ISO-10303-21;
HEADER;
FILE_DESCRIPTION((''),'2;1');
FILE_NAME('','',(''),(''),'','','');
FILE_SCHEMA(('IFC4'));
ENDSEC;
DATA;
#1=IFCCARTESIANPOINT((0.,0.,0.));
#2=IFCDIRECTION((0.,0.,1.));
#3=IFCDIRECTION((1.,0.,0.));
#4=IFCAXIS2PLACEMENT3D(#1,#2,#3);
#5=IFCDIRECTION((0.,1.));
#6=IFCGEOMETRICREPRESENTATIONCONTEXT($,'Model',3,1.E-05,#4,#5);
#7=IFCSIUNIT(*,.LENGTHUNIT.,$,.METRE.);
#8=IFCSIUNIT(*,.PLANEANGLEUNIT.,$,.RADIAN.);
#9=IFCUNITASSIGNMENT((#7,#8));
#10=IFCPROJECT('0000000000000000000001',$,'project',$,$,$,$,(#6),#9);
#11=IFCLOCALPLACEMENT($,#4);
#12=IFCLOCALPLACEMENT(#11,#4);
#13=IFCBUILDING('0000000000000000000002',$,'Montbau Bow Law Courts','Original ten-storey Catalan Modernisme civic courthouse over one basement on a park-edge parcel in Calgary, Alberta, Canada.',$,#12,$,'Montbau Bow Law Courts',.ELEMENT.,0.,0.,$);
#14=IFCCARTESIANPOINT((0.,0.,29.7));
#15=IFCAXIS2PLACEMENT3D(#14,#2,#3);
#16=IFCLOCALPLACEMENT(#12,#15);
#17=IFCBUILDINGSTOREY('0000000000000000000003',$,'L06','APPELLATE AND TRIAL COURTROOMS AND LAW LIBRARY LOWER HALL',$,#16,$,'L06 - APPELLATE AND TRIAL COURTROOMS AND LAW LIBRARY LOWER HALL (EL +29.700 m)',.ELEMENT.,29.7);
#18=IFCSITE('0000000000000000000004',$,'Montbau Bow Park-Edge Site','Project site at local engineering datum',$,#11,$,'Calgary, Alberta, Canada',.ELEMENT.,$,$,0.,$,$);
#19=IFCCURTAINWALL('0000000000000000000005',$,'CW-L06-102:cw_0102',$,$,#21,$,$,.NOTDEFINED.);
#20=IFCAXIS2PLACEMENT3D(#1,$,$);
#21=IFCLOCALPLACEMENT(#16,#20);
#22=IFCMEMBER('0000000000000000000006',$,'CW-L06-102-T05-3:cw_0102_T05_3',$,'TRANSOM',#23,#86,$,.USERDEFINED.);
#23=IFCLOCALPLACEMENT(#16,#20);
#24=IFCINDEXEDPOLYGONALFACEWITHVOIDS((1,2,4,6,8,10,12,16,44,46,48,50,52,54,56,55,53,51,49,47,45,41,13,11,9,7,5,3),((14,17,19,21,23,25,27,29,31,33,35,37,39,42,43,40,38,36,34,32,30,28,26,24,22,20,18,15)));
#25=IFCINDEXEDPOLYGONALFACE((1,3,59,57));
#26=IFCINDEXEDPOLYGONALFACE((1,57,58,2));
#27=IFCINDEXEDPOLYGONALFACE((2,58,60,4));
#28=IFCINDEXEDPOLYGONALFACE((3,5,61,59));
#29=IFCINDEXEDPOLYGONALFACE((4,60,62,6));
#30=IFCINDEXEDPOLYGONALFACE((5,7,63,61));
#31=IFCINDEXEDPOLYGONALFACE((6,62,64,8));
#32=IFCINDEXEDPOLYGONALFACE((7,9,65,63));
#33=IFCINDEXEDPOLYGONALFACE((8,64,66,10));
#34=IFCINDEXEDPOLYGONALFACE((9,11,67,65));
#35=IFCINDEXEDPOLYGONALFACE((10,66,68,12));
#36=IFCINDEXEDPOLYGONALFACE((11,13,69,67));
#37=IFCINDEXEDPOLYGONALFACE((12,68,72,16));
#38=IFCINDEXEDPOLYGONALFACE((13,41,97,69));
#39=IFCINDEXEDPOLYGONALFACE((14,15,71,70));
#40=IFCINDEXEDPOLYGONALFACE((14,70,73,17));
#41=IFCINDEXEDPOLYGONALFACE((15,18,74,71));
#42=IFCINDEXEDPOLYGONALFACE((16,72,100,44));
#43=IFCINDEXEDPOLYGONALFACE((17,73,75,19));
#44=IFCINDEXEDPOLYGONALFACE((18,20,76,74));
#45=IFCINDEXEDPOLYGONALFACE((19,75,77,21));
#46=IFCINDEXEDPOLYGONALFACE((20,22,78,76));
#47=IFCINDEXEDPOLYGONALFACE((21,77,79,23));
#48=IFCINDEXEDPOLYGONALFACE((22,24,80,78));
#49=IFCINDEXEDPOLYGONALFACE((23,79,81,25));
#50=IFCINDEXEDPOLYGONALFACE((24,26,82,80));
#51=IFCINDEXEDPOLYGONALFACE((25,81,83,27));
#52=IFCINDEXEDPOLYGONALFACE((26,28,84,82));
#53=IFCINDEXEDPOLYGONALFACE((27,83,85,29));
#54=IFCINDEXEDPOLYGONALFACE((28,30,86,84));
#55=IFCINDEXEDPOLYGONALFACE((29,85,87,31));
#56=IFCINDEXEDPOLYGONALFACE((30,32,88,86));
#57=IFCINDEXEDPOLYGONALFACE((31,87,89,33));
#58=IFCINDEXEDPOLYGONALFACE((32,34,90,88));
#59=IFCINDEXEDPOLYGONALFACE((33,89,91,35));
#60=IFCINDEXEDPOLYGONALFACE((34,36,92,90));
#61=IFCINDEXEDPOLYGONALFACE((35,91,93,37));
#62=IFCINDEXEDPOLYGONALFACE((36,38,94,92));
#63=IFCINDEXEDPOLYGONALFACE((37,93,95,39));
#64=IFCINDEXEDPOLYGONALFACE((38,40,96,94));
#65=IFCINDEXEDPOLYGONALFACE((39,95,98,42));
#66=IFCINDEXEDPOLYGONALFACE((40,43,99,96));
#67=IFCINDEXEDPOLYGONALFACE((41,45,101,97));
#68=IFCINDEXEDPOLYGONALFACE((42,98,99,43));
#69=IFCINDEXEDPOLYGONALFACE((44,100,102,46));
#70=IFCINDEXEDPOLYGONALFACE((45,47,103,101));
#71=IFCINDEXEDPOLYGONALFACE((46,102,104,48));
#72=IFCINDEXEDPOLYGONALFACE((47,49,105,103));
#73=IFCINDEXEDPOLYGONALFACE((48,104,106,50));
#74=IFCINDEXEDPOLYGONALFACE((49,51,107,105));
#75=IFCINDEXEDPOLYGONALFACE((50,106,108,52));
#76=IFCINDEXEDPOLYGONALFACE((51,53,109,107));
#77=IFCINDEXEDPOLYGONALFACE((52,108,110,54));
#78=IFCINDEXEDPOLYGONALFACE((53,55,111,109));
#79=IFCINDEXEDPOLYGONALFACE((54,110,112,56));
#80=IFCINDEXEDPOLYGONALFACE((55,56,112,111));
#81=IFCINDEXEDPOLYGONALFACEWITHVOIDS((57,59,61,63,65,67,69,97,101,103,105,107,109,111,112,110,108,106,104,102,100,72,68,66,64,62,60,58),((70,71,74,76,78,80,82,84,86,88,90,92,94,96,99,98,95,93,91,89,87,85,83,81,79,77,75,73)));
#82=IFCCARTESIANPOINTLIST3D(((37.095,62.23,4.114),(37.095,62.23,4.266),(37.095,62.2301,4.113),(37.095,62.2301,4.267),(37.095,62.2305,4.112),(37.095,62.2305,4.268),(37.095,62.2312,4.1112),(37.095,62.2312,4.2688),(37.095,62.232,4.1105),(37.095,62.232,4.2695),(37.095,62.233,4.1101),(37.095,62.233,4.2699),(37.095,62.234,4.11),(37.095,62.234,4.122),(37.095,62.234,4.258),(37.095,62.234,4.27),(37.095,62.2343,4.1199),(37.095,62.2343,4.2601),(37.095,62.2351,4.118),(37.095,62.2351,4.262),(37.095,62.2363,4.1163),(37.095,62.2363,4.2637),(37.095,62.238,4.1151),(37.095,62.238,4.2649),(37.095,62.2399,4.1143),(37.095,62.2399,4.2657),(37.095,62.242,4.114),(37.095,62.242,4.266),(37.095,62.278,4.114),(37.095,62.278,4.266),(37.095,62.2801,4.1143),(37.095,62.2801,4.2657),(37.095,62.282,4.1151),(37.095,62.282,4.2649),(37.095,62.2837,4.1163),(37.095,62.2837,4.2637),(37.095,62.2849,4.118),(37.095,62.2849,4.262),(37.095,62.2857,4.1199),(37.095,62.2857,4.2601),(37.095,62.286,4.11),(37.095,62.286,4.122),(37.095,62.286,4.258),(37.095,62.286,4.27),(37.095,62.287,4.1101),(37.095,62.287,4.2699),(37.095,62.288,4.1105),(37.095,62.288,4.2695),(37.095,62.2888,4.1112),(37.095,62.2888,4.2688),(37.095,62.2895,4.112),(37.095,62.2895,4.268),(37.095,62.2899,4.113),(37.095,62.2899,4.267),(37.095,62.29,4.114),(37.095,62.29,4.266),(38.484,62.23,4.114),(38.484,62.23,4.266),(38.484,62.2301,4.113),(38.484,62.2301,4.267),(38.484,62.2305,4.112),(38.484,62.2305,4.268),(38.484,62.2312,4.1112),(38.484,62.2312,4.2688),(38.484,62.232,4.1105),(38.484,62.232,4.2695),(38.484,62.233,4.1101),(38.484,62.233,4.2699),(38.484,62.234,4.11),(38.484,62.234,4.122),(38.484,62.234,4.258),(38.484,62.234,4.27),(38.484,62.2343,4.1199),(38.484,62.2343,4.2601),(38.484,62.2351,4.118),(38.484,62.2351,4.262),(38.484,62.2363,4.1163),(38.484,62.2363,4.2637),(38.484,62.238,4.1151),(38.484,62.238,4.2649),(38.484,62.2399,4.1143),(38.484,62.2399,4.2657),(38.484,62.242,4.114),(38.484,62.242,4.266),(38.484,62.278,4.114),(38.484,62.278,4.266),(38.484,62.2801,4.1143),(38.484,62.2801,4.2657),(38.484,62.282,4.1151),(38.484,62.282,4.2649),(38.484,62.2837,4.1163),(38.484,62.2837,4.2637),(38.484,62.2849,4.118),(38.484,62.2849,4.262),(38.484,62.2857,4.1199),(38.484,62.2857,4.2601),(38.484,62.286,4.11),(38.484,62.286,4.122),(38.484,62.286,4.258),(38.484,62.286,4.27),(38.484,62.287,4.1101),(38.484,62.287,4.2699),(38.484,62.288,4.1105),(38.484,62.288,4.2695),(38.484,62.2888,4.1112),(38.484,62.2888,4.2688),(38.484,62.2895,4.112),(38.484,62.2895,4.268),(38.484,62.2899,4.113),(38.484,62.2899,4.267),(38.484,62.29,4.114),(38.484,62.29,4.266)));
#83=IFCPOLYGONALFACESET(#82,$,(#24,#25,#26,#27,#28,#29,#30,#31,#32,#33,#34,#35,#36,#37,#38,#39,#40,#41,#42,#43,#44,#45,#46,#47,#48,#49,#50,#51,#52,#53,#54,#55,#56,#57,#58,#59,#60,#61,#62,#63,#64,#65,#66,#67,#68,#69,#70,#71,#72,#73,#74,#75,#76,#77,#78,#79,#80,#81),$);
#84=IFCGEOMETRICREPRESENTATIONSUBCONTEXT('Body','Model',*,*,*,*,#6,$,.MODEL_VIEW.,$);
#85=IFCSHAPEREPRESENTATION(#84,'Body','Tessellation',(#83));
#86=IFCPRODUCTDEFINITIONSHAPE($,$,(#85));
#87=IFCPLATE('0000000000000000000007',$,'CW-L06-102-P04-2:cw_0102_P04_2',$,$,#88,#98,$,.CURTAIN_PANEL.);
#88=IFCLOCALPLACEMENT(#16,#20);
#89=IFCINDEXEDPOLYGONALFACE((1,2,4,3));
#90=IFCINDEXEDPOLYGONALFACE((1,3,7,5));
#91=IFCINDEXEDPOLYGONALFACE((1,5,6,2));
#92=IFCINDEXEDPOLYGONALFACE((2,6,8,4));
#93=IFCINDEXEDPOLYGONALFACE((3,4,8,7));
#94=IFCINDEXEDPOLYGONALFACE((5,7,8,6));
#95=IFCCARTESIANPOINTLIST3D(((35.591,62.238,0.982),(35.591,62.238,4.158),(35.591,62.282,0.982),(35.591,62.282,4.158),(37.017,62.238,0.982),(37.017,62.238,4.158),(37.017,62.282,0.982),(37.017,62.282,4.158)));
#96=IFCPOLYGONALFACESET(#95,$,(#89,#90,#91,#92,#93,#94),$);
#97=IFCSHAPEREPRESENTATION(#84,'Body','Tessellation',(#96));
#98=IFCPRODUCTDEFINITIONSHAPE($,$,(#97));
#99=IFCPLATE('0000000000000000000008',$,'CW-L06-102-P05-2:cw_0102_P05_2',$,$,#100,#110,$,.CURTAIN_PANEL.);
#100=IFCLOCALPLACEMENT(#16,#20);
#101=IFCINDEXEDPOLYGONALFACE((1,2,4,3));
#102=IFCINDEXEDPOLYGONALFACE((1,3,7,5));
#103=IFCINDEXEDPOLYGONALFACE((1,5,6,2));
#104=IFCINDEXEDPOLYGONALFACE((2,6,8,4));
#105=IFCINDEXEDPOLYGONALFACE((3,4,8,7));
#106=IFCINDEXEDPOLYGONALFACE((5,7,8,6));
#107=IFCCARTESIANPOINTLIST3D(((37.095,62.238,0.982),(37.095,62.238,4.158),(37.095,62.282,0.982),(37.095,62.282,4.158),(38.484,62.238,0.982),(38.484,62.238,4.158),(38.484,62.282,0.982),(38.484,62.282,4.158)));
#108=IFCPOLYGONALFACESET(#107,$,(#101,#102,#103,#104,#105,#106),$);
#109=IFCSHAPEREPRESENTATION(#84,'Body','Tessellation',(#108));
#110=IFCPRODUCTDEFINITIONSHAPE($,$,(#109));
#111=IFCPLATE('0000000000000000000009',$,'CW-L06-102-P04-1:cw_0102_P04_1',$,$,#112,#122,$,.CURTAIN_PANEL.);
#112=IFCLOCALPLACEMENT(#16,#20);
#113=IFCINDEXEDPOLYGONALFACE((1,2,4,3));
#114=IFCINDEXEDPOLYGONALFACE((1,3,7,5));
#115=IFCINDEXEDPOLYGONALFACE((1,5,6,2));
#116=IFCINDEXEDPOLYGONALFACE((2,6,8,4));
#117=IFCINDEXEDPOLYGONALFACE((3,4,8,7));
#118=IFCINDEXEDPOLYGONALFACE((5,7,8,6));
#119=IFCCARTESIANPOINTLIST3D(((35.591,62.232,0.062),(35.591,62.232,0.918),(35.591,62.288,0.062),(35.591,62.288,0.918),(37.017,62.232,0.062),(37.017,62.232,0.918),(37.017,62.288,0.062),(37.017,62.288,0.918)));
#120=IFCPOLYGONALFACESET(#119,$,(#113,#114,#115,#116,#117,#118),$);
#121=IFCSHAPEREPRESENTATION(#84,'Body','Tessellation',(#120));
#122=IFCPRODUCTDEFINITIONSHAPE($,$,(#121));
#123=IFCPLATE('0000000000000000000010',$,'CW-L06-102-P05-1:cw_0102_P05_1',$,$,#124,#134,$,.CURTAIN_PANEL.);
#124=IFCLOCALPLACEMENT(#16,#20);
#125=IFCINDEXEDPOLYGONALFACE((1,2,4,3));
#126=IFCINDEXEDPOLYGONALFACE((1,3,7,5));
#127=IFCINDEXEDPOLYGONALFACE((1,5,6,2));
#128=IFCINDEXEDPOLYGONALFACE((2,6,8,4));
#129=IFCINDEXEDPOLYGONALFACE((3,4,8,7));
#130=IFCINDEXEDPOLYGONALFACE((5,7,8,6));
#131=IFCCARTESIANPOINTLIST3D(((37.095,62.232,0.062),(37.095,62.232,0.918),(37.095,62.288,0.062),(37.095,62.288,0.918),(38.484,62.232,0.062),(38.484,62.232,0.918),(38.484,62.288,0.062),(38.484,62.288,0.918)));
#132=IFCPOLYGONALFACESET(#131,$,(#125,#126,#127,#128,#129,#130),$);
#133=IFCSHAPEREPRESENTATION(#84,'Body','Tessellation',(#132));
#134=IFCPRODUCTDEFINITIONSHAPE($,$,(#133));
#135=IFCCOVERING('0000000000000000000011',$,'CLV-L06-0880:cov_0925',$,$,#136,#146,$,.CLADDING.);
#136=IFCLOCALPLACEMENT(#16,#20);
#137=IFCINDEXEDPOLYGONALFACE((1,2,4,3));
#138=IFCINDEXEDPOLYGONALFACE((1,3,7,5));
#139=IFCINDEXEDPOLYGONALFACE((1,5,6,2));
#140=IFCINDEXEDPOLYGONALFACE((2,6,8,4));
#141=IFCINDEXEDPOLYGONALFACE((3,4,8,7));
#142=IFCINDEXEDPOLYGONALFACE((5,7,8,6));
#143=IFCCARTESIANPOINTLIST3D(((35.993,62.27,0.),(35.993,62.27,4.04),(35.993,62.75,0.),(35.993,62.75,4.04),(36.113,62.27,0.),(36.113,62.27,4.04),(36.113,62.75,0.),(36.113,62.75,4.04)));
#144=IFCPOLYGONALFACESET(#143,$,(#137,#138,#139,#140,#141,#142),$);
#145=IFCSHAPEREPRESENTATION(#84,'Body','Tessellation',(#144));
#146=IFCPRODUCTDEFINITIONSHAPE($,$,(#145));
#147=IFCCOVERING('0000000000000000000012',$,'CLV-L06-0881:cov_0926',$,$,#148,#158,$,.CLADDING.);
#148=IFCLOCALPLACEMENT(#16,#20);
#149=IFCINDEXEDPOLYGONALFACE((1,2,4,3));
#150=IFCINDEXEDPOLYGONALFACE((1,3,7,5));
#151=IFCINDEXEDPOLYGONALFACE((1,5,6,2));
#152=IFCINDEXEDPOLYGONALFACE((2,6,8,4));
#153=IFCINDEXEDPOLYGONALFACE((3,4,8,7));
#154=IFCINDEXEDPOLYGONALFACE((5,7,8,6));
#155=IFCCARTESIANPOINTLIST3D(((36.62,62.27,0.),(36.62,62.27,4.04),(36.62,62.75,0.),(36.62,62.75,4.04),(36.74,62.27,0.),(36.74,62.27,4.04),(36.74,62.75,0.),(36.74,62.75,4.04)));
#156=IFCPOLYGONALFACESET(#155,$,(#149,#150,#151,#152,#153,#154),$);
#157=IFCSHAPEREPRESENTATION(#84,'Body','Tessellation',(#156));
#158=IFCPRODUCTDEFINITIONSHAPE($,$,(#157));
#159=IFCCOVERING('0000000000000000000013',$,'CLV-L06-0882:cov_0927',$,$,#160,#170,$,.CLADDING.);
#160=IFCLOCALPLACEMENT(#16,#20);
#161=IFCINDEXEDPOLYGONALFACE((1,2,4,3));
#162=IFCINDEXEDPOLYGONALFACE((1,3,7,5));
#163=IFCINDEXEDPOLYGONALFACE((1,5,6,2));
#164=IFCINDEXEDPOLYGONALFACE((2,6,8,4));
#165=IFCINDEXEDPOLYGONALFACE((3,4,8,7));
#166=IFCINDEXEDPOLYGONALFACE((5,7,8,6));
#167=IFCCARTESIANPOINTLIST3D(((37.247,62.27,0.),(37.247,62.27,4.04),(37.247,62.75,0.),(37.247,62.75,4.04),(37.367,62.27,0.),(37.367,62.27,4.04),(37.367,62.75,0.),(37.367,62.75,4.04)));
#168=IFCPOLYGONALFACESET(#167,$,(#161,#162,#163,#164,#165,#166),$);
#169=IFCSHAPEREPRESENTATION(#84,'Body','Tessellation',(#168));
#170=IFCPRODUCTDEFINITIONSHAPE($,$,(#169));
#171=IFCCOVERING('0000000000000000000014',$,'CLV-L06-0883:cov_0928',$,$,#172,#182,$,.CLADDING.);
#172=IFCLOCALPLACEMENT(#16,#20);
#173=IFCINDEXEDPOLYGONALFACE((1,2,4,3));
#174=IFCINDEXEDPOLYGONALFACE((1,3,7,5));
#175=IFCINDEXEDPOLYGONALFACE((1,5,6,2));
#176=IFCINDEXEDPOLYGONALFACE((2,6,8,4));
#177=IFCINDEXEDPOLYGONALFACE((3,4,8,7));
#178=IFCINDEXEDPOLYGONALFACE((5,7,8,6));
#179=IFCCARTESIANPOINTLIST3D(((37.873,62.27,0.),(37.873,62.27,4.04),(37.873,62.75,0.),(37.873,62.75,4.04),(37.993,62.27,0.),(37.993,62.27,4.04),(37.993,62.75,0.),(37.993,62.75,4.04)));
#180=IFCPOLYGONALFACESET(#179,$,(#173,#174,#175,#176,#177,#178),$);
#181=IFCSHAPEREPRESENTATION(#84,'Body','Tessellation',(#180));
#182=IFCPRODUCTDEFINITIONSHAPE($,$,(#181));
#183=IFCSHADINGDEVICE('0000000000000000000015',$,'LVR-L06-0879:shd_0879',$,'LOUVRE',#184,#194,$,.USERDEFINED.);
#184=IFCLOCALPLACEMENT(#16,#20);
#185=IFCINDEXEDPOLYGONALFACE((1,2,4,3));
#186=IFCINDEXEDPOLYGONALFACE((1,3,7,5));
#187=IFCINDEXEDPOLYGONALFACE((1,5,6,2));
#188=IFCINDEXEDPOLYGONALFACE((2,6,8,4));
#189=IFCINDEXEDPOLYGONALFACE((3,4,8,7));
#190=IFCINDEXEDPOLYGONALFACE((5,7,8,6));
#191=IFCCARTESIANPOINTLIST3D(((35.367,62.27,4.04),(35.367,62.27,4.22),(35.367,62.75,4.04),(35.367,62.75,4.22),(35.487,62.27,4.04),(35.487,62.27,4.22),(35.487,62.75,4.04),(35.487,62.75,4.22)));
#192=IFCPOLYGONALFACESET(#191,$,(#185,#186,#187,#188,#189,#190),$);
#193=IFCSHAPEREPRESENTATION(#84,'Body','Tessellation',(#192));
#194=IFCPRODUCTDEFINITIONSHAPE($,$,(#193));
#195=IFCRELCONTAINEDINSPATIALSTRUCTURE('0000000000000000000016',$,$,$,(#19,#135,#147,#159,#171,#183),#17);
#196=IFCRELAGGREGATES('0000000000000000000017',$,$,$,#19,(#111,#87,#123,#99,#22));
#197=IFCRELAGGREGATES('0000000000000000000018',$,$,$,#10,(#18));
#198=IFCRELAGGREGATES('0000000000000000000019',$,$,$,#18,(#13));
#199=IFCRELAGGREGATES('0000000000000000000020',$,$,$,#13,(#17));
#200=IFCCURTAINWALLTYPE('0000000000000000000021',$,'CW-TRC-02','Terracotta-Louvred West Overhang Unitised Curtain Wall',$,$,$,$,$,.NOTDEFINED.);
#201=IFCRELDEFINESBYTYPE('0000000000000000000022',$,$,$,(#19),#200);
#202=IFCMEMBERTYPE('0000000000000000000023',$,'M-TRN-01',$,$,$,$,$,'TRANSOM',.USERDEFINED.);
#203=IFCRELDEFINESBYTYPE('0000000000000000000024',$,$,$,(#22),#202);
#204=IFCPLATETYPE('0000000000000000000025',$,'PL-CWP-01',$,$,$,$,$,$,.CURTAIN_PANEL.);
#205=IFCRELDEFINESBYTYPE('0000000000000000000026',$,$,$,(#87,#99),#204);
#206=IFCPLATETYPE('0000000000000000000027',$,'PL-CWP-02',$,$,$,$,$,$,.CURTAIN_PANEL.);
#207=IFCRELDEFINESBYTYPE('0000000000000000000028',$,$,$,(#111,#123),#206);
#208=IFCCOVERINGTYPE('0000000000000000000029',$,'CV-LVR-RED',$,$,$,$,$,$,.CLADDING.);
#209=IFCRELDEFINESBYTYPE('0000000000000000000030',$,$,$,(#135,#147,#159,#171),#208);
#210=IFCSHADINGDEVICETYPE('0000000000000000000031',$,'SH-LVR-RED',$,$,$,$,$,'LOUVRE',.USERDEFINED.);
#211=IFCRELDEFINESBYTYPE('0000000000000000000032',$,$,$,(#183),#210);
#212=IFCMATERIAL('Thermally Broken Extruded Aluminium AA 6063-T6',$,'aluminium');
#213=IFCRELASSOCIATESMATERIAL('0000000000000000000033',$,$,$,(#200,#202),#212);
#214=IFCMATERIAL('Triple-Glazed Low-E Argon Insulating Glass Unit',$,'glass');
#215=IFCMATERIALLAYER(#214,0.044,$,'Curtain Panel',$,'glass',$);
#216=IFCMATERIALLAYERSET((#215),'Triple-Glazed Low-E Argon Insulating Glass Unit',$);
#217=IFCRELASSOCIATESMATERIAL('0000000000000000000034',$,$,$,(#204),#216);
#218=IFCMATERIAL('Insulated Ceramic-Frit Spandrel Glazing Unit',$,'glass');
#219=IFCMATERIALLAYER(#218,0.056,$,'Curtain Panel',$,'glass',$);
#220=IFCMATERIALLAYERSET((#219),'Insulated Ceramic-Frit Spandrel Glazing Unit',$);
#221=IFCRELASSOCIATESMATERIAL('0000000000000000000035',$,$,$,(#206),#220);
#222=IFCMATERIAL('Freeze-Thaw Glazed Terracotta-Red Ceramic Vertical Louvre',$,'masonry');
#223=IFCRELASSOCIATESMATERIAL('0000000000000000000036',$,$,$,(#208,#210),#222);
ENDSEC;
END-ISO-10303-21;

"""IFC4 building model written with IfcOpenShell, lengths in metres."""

from ifc_helpers import new_model, si_unit, direction, frame, frame_2d, origin_with_axes, origin_2d_with_axis, place, context, subcontext, project, spatial, rectangle, hollow_rectangle, extrude, material, layer, layer_set, material_profile, profile_set, type_object, element, aggregate, save


model = new_model("IFC4")

# Units and contexts
model_context = context("Model", 3, precision=1e-05, world=origin_with_axes(), true_north=direction((0.0, 1.0)))
body_context = subcontext(model_context, "Body", "Model", "MODEL_VIEW")
ifc_project = project(units=[si_unit("LENGTHUNIT", "METRE"), si_unit("PLANEANGLEUNIT", "RADIAN")], contexts=[model_context])

# Site, building, storey
site_placement = place(None, origin_with_axes())
site = spatial("IfcSite", under=ifc_project, at=site_placement, Name="Montbau Bow Park-Edge Site", Description="Project site at local engineering datum", LongName="Calgary, Alberta, Canada", CompositionType="ELEMENT", RefElevation=0.0)
building_placement = place(site_placement, origin_with_axes())
building = spatial("IfcBuilding", under=site, at=building_placement, Name="Montbau Bow Law Courts", Description="Original ten-storey Catalan Modernisme civic courthouse over one basement on a park-edge parcel in Calgary, Alberta, Canada.", LongName="Montbau Bow Law Courts", CompositionType="ELEMENT", ElevationOfRefHeight=0.0, ElevationOfTerrain=0.0)
storey_placement = place(building_placement, frame((0.0, 0.0, 29.7), z_axis=(0.0, 0.0, 1.0), x_axis=(1.0, 0.0, 0.0)))
storey = spatial("IfcBuildingStorey", under=building, at=storey_placement, Name="L06", Description="APPELLATE AND TRIAL COURTROOMS AND LAW LIBRARY LOWER HALL", LongName="L06 - APPELLATE AND TRIAL COURTROOMS AND LAW LIBRARY LOWER HALL (EL +29.700 m)", CompositionType="ELEMENT", Elevation=29.7)

# Curtain wall
ifc_material_1 = material(Name="Thermally Broken Extruded Aluminium AA 6063-T6", Category="aluminium")
curtain_wall_type = type_object("IfcCurtainWallType", Name="CW-TRC-02", Description="Terracotta-Louvred West Overhang Unitised Curtain Wall", PredefinedType="NOTDEFINED", material=ifc_material_1)
curtain_wall_1_placement = place(None, frame((31.04, 62.26, 29.7), z_axis=(0.0, 0.0, 1.0), x_axis=(1.0, 0.0, 0.0)))
curtain_wall_1 = element("IfcCurtainWall", 1, at=curtain_wall_1_placement, inside=storey, type_object=curtain_wall_type, Name="CW-L06-102:cw_0102", PredefinedType="NOTDEFINED")

# Member
ifc_material_profile_1 = material_profile(ifc_material_1, hollow_rectangle(XDim=0.06, YDim=0.16, WallThickness=0.004, InnerFilletRadius=0.008, OuterFilletRadius=0.004, at=origin_2d_with_axis()), Name="CWT-160X60", Category="Main", Priority=0)
ifc_profile_set_1 = profile_set([ifc_material_profile_1], Name="Thermally Broken Extruded Aluminium AA 6063-T6")
member_type_1 = type_object("IfcMemberType", Name="M-TRN-01", ElementType="TRANSOM", PredefinedType="USERDEFINED", material=ifc_profile_set_1)
member_1_placement = place(None, frame((37.095, 62.26, 33.89), z_axis=(1.0, 0.0, 0.0), x_axis=(0.0, 1.0, 0.0)))
member_1 = element("IfcMember", 2, at=member_1_placement, type_object=member_type_1, Name="CW-L06-102-T05-3:cw_0102_T05_3", ObjectType="TRANSOM", PredefinedType="USERDEFINED", context=body_context, shape_type="SweptSolid", body=[
    extrude(hollow_rectangle(XDim=0.06, YDim=0.16, WallThickness=0.004, InnerFilletRadius=0.008, OuterFilletRadius=0.004, at=origin_2d_with_axis()), origin_with_axes(), (0.0, 0.0, 1.0), 1.389),
])

# Plates
ifc_material_2 = material(Name="Triple-Glazed Low-E Argon Insulating Glass Unit", Category="glass")
ifc_layer_1 = layer(ifc_material_2, 0.044, Name="Curtain Panel", Category="glass")
ifc_layer_set_1 = layer_set([ifc_layer_1], Name="Triple-Glazed Low-E Argon Insulating Glass Unit")
plate_type_1 = type_object("IfcPlateType", Name="PL-CWP-01", PredefinedType="CURTAIN_PANEL", material=ifc_layer_set_1)
plate_1_placement = place(None, frame((35.591, 62.26, 30.682), z_axis=(0.0, -1.0, 0.0), x_axis=(1.0, 0.0, 0.0)))
plate_1 = element("IfcPlate", 3, at=plate_1_placement, type_object=plate_type_1, Name="CW-L06-102-P04-2:cw_0102_P04_2", PredefinedType="CURTAIN_PANEL", context=body_context, shape_type="SweptSolid", body=[
    extrude(rectangle(XDim=1.426, YDim=3.176, at=frame_2d((0.713, 1.588), x_axis=(1.0, 0.0))), frame((0.0, 0.0, -0.022), z_axis=(0.0, 0.0, 1.0), x_axis=(1.0, 0.0, 0.0)), (0.0, 0.0, 1.0), 0.044),
])
plate_2_placement = place(None, frame((37.095, 62.26, 30.682), z_axis=(0.0, -1.0, 0.0), x_axis=(1.0, 0.0, 0.0)))
plate_2 = element("IfcPlate", 4, at=plate_2_placement, type_object=plate_type_1, Name="CW-L06-102-P05-2:cw_0102_P05_2", PredefinedType="CURTAIN_PANEL", context=body_context, shape_type="SweptSolid", body=[
    extrude(rectangle(XDim=1.389, YDim=3.176, at=frame_2d((0.6945, 1.588), x_axis=(1.0, 0.0))), frame((0.0, 0.0, -0.022), z_axis=(0.0, 0.0, 1.0), x_axis=(1.0, 0.0, 0.0)), (0.0, 0.0, 1.0), 0.044),
])
ifc_material_3 = material(Name="Insulated Ceramic-Frit Spandrel Glazing Unit", Category="glass")
ifc_layer_2 = layer(ifc_material_3, 0.056, Name="Curtain Panel", Category="glass")
ifc_layer_set_2 = layer_set([ifc_layer_2], Name="Insulated Ceramic-Frit Spandrel Glazing Unit")
plate_type_2 = type_object("IfcPlateType", Name="PL-CWP-02", PredefinedType="CURTAIN_PANEL", material=ifc_layer_set_2)
plate_3_placement = place(None, frame((35.591, 62.26, 29.762), z_axis=(0.0, -1.0, 0.0), x_axis=(1.0, 0.0, 0.0)))
plate_3 = element("IfcPlate", 5, at=plate_3_placement, type_object=plate_type_2, Name="CW-L06-102-P04-1:cw_0102_P04_1", PredefinedType="CURTAIN_PANEL", context=body_context, shape_type="SweptSolid", body=[
    extrude(rectangle(XDim=1.426, YDim=0.856, at=frame_2d((0.713, 0.428), x_axis=(1.0, 0.0))), frame((0.0, 0.0, -0.028), z_axis=(0.0, 0.0, 1.0), x_axis=(1.0, 0.0, 0.0)), (0.0, 0.0, 1.0), 0.056),
])
plate_4_placement = place(None, frame((37.095, 62.26, 29.762), z_axis=(0.0, -1.0, 0.0), x_axis=(1.0, 0.0, 0.0)))
plate_4 = element("IfcPlate", 6, at=plate_4_placement, type_object=plate_type_2, Name="CW-L06-102-P05-1:cw_0102_P05_1", PredefinedType="CURTAIN_PANEL", context=body_context, shape_type="SweptSolid", body=[
    extrude(rectangle(XDim=1.389, YDim=0.856, at=frame_2d((0.6945, 0.428), x_axis=(1.0, 0.0))), frame((0.0, 0.0, -0.028), z_axis=(0.0, 0.0, 1.0), x_axis=(1.0, 0.0, 0.0)), (0.0, 0.0, 1.0), 0.056),
])
aggregate(curtain_wall_1, [plate_3, plate_1, plate_4, plate_2, member_1])

# Coverings
ifc_material_4 = material(Name="Freeze-Thaw Glazed Terracotta-Red Ceramic Vertical Louvre", Category="masonry")
covering_type = type_object("IfcCoveringType", Name="CV-LVR-RED", PredefinedType="CLADDING", material=ifc_material_4)
for number, where, z_axis, x_axis, name in (
    (7, (36.053, 62.27, 29.7), (1.0, 0.0, 0.0), (0.0, 1.0, 0.0), "CLV-L06-0880:cov_0925"),
    (8, (36.68, 62.27, 29.7), (1.0, 0.0, 0.0), (0.0, 1.0, 0.0), "CLV-L06-0881:cov_0926"),
    (9, (37.307, 62.27, 29.7), (1.0, 0.0, 0.0), (0.0, 1.0, 0.0), "CLV-L06-0882:cov_0927"),
    (10, (37.933, 62.27, 29.7), (1.0, 0.0, 0.0), (0.0, 1.0, 0.0), "CLV-L06-0883:cov_0928"),
):
    element("IfcCovering", number, at=place(None, frame(where, z_axis=z_axis, x_axis=x_axis)), inside=storey, type_object=covering_type, Name=name, PredefinedType="CLADDING", context=body_context, shape_type="SweptSolid", body=[
        extrude(rectangle(XDim=0.48, YDim=4.04, at=frame_2d((0.24, 2.02), x_axis=(1.0, 0.0))), frame((0.0, 0.0, -0.06), z_axis=(0.0, 0.0, 1.0), x_axis=(1.0, 0.0, 0.0)), (0.0, 0.0, 1.0), 0.12),
    ])

# Shading device
shading_device_type = type_object("IfcShadingDeviceType", Name="SH-LVR-RED", ElementType="LOUVRE", PredefinedType="USERDEFINED", material=ifc_material_4)
for number, where, z_axis, x_axis, name in (
    (11, (35.427, 62.51, 33.74), (0.0, 0.0, 1.0), (0.0, 1.0, 0.0), "LVR-L06-0879:shd_0879"),
):
    element("IfcShadingDevice", number, at=place(None, frame(where, z_axis=z_axis, x_axis=x_axis)), inside=storey, type_object=shading_device_type, Name=name, ObjectType="LOUVRE", PredefinedType="USERDEFINED", context=body_context, shape_type="SweptSolid", body=[
        extrude(rectangle(XDim=0.48, YDim=0.12, at=origin_2d_with_axis()), origin_with_axes(), (0.0, 0.0, 1.0), 0.18),
    ])

save(model, "model.ifc")
